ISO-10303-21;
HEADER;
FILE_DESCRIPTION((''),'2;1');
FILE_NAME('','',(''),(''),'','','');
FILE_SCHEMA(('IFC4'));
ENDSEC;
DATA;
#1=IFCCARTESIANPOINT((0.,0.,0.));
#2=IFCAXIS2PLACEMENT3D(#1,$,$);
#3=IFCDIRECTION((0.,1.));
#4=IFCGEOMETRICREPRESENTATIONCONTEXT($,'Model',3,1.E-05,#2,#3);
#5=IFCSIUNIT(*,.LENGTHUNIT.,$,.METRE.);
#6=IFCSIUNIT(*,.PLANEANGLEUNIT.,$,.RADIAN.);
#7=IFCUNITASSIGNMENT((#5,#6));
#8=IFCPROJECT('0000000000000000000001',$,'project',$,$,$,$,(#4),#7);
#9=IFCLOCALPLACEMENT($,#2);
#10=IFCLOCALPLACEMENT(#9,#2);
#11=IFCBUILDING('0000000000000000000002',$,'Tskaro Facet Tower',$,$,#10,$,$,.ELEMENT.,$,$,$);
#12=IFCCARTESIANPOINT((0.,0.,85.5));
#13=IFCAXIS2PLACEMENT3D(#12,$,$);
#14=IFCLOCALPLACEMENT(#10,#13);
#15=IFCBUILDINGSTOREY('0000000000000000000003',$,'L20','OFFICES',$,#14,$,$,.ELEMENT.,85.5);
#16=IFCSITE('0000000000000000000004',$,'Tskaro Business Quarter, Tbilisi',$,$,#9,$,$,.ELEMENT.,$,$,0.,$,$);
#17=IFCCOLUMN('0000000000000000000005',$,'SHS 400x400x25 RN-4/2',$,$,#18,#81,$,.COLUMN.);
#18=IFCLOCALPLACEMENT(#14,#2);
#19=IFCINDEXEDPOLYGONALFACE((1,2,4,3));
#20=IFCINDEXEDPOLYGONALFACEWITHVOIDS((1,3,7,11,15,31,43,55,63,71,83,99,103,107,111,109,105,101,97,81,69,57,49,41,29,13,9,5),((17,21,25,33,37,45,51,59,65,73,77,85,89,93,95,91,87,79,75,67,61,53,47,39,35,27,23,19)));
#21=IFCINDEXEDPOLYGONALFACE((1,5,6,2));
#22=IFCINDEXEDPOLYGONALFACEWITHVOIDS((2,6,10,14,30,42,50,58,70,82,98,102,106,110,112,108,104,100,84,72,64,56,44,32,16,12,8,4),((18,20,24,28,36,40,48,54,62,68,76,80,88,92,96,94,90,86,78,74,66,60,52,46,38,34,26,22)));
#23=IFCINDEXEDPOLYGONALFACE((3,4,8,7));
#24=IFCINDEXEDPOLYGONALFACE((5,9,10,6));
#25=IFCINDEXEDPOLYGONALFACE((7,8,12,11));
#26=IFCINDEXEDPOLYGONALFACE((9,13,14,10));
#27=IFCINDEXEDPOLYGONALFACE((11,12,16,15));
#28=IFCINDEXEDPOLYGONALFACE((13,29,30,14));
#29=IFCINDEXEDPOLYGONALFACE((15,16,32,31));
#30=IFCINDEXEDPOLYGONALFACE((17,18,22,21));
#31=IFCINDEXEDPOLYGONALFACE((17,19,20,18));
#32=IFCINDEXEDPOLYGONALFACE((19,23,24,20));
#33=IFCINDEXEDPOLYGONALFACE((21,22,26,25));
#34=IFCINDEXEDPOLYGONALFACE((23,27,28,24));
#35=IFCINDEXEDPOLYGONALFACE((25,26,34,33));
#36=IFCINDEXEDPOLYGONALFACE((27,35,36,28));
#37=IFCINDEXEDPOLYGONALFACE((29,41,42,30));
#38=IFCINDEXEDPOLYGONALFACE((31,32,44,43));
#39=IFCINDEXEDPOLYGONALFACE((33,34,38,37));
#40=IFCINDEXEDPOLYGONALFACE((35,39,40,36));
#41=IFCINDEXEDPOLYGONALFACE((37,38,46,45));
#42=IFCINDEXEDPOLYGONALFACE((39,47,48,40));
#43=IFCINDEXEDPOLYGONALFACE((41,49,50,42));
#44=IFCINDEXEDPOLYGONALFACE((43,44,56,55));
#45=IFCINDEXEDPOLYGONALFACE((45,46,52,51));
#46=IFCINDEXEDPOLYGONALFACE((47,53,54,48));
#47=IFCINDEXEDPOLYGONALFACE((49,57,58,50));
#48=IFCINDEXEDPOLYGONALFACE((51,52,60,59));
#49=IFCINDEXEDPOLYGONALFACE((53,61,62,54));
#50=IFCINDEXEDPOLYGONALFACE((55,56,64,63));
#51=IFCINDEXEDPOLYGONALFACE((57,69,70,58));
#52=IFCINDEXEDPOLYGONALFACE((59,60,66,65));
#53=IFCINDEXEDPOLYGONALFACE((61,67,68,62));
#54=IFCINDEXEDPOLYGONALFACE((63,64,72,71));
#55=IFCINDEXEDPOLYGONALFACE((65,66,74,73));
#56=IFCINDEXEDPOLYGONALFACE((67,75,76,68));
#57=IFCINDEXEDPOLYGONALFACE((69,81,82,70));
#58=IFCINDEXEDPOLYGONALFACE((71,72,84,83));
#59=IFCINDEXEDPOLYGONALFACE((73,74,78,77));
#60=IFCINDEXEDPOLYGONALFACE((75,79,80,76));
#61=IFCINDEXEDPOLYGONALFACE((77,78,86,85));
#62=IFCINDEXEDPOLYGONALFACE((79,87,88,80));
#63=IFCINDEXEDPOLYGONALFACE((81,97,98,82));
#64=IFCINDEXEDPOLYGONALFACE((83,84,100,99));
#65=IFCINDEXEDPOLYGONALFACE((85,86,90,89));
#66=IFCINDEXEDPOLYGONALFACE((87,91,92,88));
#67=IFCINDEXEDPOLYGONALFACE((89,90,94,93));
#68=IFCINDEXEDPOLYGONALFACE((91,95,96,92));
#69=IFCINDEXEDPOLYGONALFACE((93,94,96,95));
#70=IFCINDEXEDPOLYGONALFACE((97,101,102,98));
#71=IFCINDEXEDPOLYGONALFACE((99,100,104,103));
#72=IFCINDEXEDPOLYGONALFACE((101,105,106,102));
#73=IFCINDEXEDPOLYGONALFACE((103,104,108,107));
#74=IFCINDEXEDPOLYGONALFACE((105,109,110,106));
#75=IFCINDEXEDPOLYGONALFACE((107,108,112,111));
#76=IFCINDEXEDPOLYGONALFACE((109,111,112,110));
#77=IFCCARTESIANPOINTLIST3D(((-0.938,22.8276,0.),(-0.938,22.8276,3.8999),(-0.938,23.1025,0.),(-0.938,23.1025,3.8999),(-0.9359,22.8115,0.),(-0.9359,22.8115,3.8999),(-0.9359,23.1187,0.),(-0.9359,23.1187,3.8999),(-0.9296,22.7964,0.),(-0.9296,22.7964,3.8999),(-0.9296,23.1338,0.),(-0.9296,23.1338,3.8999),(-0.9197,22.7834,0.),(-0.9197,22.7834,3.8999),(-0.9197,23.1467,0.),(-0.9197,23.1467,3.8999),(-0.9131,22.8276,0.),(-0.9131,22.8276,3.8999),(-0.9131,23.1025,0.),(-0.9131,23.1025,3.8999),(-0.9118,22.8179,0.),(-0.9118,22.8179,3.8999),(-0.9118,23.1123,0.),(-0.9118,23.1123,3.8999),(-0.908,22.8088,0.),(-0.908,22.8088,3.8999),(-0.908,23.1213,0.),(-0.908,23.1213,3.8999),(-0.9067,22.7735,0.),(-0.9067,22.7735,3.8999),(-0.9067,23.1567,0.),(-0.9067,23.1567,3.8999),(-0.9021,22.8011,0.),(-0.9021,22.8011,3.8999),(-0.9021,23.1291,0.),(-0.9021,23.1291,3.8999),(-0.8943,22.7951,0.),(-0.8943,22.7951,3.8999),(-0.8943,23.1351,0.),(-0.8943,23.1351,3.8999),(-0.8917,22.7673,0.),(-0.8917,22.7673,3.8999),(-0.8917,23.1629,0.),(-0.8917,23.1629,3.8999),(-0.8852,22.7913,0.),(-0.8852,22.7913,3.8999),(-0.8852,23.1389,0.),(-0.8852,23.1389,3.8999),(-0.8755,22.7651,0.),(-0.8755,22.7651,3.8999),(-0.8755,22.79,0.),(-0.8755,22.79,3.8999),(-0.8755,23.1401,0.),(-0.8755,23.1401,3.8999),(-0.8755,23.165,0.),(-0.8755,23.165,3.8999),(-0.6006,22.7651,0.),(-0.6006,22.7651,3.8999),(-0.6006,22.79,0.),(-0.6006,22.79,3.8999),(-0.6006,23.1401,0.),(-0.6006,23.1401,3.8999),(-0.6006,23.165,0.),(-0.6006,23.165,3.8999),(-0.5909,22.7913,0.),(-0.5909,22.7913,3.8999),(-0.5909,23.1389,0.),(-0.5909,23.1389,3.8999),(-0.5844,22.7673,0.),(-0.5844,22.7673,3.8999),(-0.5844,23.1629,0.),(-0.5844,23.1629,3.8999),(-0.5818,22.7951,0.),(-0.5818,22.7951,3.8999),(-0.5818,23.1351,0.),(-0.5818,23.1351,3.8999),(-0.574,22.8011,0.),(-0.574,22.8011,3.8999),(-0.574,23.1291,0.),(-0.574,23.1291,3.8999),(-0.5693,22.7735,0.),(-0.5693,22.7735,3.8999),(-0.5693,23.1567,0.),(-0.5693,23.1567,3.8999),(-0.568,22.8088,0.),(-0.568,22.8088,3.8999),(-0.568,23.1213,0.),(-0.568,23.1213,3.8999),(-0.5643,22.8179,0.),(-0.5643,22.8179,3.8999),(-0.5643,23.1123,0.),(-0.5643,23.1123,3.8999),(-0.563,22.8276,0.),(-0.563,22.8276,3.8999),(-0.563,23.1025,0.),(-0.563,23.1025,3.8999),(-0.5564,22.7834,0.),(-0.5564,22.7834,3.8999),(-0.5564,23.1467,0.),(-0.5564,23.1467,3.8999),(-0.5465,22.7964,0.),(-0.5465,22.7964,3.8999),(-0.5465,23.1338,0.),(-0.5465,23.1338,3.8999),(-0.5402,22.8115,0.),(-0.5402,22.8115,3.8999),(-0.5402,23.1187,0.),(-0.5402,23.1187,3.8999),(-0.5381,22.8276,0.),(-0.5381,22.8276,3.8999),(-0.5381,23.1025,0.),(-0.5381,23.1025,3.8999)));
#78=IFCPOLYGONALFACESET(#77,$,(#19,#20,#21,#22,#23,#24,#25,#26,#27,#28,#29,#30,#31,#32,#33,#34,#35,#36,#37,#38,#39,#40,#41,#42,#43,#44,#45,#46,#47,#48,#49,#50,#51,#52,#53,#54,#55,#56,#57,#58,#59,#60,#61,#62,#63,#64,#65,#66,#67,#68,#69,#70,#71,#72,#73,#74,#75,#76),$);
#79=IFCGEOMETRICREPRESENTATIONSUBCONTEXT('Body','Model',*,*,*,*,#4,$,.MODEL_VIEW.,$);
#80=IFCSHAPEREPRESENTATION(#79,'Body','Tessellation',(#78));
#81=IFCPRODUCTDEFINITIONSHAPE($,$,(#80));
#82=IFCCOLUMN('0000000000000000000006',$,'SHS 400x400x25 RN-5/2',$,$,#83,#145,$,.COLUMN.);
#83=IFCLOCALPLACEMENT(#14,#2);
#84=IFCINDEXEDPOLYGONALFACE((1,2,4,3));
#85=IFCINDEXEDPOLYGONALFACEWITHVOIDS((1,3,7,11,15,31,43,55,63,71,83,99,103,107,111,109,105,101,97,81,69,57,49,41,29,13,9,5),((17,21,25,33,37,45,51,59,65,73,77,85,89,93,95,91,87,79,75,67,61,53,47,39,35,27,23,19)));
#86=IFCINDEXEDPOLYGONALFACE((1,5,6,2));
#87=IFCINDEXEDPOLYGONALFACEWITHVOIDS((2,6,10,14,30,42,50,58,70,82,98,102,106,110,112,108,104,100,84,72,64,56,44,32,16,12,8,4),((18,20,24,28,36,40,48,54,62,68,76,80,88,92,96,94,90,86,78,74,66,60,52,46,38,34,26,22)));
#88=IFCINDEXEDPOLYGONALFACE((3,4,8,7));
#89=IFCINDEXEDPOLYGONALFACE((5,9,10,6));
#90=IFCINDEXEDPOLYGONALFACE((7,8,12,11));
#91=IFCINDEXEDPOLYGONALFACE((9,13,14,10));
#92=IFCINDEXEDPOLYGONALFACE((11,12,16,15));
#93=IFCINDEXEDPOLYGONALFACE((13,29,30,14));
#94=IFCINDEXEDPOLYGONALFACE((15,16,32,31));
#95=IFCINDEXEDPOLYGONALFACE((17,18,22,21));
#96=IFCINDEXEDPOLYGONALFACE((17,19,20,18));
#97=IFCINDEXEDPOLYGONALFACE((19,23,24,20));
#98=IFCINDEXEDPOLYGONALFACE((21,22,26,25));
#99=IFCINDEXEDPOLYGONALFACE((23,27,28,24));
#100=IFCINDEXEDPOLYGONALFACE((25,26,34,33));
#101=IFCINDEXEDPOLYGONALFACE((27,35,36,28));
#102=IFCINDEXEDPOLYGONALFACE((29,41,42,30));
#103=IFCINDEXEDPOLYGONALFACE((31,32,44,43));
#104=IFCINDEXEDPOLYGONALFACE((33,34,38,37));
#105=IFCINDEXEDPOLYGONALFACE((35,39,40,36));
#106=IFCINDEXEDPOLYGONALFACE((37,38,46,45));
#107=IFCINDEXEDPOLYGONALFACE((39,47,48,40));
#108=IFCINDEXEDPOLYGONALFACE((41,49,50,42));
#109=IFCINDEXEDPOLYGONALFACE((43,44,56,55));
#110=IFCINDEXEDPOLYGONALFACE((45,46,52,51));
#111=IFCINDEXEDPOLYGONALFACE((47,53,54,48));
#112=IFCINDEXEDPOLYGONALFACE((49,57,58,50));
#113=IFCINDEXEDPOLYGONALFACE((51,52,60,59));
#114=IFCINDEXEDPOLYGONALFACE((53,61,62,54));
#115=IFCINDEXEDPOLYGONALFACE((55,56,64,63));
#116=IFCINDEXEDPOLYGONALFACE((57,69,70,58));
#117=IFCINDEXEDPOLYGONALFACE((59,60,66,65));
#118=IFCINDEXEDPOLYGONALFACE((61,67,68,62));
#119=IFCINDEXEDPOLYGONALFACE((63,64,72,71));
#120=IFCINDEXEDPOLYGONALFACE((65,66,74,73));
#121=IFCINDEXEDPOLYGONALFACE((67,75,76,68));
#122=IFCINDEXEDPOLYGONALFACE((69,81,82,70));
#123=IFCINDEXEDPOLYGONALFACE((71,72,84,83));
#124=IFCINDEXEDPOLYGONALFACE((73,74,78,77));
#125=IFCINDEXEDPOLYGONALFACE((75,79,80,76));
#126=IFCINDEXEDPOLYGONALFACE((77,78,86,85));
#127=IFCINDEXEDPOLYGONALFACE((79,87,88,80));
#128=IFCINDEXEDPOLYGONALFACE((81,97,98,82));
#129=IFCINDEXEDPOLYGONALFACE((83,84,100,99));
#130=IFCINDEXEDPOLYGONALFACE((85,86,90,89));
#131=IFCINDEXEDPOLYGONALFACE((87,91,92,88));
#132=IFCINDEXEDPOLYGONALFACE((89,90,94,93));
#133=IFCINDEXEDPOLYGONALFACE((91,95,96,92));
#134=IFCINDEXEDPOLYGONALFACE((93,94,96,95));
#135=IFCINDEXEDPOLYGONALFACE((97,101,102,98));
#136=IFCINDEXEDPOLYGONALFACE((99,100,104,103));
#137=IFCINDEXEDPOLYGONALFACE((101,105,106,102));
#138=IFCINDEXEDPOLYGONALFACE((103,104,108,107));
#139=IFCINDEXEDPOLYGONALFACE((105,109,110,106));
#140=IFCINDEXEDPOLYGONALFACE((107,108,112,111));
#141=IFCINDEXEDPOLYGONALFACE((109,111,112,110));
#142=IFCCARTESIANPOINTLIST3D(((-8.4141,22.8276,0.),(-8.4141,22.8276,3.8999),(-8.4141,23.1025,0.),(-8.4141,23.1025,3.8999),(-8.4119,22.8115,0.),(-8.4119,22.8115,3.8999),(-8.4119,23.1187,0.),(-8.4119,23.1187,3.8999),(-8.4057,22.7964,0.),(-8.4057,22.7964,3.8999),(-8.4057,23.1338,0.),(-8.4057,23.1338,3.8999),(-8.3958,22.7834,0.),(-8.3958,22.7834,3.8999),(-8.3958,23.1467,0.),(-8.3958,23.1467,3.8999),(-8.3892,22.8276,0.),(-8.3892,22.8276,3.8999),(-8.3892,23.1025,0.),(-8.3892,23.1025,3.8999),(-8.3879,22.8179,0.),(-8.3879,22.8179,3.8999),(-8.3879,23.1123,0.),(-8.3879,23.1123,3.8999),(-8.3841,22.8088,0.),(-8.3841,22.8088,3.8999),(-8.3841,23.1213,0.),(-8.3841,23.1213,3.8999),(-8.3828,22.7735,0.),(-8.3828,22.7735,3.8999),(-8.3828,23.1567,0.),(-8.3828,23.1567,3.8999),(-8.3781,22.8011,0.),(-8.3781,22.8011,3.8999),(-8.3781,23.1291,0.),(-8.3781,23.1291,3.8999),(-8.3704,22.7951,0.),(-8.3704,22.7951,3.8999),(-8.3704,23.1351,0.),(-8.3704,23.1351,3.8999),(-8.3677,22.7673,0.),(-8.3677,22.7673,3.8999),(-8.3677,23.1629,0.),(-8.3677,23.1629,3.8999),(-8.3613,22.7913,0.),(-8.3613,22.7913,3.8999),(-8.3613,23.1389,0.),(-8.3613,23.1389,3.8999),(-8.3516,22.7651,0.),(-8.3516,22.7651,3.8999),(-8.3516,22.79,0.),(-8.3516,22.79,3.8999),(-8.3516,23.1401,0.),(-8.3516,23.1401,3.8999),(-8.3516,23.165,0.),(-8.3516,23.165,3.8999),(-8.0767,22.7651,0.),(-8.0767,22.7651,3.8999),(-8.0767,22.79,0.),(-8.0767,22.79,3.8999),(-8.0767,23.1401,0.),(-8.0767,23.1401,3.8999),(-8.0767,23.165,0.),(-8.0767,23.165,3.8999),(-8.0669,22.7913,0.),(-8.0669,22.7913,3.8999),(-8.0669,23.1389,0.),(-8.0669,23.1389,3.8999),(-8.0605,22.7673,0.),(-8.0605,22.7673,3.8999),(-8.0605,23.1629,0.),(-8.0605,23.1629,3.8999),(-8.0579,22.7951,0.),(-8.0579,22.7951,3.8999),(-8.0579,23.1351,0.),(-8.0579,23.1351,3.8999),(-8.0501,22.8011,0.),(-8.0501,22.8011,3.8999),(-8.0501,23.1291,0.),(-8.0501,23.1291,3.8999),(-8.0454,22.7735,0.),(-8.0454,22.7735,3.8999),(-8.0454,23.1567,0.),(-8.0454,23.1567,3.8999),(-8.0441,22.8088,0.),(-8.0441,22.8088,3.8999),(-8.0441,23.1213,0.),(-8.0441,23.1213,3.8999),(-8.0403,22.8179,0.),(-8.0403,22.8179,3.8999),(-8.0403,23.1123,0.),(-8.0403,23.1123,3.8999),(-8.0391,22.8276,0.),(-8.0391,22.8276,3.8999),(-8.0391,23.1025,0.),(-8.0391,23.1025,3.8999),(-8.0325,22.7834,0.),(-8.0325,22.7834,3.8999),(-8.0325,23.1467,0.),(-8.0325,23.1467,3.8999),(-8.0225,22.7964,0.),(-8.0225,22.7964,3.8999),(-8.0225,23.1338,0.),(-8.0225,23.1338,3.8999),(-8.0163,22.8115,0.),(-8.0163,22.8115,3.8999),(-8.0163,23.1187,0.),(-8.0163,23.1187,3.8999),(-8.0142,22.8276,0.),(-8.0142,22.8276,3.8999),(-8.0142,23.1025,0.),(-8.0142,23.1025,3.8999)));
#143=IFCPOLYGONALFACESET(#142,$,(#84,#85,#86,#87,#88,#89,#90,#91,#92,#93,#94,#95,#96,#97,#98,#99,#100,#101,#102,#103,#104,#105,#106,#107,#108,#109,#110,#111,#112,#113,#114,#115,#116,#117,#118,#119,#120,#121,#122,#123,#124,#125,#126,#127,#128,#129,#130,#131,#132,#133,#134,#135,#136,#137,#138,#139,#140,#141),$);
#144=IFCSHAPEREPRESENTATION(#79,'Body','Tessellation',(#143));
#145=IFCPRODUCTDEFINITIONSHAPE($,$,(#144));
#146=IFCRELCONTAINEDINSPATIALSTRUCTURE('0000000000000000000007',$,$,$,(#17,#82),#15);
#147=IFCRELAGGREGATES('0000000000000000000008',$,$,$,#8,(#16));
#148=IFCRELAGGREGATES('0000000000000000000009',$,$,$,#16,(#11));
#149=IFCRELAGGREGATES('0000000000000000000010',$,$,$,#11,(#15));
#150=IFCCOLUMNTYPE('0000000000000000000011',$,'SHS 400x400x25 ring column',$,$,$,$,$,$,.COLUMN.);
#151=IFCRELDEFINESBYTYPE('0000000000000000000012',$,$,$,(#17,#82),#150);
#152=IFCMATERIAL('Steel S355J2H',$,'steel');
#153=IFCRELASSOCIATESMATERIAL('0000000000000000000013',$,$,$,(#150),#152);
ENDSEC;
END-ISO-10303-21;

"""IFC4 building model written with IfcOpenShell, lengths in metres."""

from ifc_helpers import new_model, si_unit, direction, frame, origin, origin_2d, place, context, subcontext, project, spatial, hollow_rectangle, extrude, material, material_profile, profile_set, type_object, element, save


model = new_model("IFC4")

# Units and contexts
model_context = context("Model", 3, precision=1e-05, world=origin(), true_north=direction((0.0, 1.0)))
body_context = subcontext(model_context, "Body", "Model", "MODEL_VIEW")
ifc_project = project(units=[si_unit("LENGTHUNIT", "METRE"), si_unit("PLANEANGLEUNIT", "RADIAN")], contexts=[model_context])

# Site, building, storey
site_placement = place(None, origin())
site = spatial("IfcSite", under=ifc_project, at=site_placement, Name="Tskaro Business Quarter, Tbilisi", CompositionType="ELEMENT", RefElevation=0.0)
building_placement = place(site_placement, origin())
building = spatial("IfcBuilding", under=site, at=building_placement, Name="Tskaro Facet Tower", CompositionType="ELEMENT")
storey_placement = place(building_placement, frame((0.0, 0.0, 85.5)))
storey = spatial("IfcBuildingStorey", under=building, at=storey_placement, Name="L20", Description="OFFICES", CompositionType="ELEMENT", Elevation=85.5)

# Columns
ifc_material_1 = material(Name="Steel S355J2H", Category="steel")
ifc_material_profile_1 = material_profile(ifc_material_1, hollow_rectangle(XDim=0.3999, YDim=0.3999, WallThickness=0.0249, InnerFilletRadius=0.0376, OuterFilletRadius=0.0625, at=origin_2d()), Name="SHS 400x400x25")
ifc_profile_set_1 = profile_set([ifc_material_profile_1], Name="Steel S355J2H")
column_type_1 = type_object("IfcColumnType", Name="SHS 400x400x25 ring column", PredefinedType="COLUMN", material=ifc_profile_set_1)
for number, where, z_axis, x_axis, name in (
    (1, (-0.738, 22.9651, 0.0), (0.0, 0.0, 1.0), (1.0, 0.0, 0.0), "SHS 400x400x25 RN-4/2"),
    (2, (-8.2141, 22.9651, 0.0), (0.0, 0.0, 1.0), (1.0, 0.0, 0.0), "SHS 400x400x25 RN-5/2"),
):
    element("IfcColumn", number, at=place(storey_placement, frame(where, z_axis=z_axis, x_axis=x_axis)), inside=storey, type_object=column_type_1, Name=name, PredefinedType="COLUMN", context=body_context, shape_type="SweptSolid", body=[
        extrude(hollow_rectangle(XDim=0.3999, YDim=0.3999, WallThickness=0.0249, InnerFilletRadius=0.0376, OuterFilletRadius=0.0625, at=origin_2d()), origin(), (0.0, 0.0, 1.0), 3.8999),
    ])

save(model, "model.ifc")
